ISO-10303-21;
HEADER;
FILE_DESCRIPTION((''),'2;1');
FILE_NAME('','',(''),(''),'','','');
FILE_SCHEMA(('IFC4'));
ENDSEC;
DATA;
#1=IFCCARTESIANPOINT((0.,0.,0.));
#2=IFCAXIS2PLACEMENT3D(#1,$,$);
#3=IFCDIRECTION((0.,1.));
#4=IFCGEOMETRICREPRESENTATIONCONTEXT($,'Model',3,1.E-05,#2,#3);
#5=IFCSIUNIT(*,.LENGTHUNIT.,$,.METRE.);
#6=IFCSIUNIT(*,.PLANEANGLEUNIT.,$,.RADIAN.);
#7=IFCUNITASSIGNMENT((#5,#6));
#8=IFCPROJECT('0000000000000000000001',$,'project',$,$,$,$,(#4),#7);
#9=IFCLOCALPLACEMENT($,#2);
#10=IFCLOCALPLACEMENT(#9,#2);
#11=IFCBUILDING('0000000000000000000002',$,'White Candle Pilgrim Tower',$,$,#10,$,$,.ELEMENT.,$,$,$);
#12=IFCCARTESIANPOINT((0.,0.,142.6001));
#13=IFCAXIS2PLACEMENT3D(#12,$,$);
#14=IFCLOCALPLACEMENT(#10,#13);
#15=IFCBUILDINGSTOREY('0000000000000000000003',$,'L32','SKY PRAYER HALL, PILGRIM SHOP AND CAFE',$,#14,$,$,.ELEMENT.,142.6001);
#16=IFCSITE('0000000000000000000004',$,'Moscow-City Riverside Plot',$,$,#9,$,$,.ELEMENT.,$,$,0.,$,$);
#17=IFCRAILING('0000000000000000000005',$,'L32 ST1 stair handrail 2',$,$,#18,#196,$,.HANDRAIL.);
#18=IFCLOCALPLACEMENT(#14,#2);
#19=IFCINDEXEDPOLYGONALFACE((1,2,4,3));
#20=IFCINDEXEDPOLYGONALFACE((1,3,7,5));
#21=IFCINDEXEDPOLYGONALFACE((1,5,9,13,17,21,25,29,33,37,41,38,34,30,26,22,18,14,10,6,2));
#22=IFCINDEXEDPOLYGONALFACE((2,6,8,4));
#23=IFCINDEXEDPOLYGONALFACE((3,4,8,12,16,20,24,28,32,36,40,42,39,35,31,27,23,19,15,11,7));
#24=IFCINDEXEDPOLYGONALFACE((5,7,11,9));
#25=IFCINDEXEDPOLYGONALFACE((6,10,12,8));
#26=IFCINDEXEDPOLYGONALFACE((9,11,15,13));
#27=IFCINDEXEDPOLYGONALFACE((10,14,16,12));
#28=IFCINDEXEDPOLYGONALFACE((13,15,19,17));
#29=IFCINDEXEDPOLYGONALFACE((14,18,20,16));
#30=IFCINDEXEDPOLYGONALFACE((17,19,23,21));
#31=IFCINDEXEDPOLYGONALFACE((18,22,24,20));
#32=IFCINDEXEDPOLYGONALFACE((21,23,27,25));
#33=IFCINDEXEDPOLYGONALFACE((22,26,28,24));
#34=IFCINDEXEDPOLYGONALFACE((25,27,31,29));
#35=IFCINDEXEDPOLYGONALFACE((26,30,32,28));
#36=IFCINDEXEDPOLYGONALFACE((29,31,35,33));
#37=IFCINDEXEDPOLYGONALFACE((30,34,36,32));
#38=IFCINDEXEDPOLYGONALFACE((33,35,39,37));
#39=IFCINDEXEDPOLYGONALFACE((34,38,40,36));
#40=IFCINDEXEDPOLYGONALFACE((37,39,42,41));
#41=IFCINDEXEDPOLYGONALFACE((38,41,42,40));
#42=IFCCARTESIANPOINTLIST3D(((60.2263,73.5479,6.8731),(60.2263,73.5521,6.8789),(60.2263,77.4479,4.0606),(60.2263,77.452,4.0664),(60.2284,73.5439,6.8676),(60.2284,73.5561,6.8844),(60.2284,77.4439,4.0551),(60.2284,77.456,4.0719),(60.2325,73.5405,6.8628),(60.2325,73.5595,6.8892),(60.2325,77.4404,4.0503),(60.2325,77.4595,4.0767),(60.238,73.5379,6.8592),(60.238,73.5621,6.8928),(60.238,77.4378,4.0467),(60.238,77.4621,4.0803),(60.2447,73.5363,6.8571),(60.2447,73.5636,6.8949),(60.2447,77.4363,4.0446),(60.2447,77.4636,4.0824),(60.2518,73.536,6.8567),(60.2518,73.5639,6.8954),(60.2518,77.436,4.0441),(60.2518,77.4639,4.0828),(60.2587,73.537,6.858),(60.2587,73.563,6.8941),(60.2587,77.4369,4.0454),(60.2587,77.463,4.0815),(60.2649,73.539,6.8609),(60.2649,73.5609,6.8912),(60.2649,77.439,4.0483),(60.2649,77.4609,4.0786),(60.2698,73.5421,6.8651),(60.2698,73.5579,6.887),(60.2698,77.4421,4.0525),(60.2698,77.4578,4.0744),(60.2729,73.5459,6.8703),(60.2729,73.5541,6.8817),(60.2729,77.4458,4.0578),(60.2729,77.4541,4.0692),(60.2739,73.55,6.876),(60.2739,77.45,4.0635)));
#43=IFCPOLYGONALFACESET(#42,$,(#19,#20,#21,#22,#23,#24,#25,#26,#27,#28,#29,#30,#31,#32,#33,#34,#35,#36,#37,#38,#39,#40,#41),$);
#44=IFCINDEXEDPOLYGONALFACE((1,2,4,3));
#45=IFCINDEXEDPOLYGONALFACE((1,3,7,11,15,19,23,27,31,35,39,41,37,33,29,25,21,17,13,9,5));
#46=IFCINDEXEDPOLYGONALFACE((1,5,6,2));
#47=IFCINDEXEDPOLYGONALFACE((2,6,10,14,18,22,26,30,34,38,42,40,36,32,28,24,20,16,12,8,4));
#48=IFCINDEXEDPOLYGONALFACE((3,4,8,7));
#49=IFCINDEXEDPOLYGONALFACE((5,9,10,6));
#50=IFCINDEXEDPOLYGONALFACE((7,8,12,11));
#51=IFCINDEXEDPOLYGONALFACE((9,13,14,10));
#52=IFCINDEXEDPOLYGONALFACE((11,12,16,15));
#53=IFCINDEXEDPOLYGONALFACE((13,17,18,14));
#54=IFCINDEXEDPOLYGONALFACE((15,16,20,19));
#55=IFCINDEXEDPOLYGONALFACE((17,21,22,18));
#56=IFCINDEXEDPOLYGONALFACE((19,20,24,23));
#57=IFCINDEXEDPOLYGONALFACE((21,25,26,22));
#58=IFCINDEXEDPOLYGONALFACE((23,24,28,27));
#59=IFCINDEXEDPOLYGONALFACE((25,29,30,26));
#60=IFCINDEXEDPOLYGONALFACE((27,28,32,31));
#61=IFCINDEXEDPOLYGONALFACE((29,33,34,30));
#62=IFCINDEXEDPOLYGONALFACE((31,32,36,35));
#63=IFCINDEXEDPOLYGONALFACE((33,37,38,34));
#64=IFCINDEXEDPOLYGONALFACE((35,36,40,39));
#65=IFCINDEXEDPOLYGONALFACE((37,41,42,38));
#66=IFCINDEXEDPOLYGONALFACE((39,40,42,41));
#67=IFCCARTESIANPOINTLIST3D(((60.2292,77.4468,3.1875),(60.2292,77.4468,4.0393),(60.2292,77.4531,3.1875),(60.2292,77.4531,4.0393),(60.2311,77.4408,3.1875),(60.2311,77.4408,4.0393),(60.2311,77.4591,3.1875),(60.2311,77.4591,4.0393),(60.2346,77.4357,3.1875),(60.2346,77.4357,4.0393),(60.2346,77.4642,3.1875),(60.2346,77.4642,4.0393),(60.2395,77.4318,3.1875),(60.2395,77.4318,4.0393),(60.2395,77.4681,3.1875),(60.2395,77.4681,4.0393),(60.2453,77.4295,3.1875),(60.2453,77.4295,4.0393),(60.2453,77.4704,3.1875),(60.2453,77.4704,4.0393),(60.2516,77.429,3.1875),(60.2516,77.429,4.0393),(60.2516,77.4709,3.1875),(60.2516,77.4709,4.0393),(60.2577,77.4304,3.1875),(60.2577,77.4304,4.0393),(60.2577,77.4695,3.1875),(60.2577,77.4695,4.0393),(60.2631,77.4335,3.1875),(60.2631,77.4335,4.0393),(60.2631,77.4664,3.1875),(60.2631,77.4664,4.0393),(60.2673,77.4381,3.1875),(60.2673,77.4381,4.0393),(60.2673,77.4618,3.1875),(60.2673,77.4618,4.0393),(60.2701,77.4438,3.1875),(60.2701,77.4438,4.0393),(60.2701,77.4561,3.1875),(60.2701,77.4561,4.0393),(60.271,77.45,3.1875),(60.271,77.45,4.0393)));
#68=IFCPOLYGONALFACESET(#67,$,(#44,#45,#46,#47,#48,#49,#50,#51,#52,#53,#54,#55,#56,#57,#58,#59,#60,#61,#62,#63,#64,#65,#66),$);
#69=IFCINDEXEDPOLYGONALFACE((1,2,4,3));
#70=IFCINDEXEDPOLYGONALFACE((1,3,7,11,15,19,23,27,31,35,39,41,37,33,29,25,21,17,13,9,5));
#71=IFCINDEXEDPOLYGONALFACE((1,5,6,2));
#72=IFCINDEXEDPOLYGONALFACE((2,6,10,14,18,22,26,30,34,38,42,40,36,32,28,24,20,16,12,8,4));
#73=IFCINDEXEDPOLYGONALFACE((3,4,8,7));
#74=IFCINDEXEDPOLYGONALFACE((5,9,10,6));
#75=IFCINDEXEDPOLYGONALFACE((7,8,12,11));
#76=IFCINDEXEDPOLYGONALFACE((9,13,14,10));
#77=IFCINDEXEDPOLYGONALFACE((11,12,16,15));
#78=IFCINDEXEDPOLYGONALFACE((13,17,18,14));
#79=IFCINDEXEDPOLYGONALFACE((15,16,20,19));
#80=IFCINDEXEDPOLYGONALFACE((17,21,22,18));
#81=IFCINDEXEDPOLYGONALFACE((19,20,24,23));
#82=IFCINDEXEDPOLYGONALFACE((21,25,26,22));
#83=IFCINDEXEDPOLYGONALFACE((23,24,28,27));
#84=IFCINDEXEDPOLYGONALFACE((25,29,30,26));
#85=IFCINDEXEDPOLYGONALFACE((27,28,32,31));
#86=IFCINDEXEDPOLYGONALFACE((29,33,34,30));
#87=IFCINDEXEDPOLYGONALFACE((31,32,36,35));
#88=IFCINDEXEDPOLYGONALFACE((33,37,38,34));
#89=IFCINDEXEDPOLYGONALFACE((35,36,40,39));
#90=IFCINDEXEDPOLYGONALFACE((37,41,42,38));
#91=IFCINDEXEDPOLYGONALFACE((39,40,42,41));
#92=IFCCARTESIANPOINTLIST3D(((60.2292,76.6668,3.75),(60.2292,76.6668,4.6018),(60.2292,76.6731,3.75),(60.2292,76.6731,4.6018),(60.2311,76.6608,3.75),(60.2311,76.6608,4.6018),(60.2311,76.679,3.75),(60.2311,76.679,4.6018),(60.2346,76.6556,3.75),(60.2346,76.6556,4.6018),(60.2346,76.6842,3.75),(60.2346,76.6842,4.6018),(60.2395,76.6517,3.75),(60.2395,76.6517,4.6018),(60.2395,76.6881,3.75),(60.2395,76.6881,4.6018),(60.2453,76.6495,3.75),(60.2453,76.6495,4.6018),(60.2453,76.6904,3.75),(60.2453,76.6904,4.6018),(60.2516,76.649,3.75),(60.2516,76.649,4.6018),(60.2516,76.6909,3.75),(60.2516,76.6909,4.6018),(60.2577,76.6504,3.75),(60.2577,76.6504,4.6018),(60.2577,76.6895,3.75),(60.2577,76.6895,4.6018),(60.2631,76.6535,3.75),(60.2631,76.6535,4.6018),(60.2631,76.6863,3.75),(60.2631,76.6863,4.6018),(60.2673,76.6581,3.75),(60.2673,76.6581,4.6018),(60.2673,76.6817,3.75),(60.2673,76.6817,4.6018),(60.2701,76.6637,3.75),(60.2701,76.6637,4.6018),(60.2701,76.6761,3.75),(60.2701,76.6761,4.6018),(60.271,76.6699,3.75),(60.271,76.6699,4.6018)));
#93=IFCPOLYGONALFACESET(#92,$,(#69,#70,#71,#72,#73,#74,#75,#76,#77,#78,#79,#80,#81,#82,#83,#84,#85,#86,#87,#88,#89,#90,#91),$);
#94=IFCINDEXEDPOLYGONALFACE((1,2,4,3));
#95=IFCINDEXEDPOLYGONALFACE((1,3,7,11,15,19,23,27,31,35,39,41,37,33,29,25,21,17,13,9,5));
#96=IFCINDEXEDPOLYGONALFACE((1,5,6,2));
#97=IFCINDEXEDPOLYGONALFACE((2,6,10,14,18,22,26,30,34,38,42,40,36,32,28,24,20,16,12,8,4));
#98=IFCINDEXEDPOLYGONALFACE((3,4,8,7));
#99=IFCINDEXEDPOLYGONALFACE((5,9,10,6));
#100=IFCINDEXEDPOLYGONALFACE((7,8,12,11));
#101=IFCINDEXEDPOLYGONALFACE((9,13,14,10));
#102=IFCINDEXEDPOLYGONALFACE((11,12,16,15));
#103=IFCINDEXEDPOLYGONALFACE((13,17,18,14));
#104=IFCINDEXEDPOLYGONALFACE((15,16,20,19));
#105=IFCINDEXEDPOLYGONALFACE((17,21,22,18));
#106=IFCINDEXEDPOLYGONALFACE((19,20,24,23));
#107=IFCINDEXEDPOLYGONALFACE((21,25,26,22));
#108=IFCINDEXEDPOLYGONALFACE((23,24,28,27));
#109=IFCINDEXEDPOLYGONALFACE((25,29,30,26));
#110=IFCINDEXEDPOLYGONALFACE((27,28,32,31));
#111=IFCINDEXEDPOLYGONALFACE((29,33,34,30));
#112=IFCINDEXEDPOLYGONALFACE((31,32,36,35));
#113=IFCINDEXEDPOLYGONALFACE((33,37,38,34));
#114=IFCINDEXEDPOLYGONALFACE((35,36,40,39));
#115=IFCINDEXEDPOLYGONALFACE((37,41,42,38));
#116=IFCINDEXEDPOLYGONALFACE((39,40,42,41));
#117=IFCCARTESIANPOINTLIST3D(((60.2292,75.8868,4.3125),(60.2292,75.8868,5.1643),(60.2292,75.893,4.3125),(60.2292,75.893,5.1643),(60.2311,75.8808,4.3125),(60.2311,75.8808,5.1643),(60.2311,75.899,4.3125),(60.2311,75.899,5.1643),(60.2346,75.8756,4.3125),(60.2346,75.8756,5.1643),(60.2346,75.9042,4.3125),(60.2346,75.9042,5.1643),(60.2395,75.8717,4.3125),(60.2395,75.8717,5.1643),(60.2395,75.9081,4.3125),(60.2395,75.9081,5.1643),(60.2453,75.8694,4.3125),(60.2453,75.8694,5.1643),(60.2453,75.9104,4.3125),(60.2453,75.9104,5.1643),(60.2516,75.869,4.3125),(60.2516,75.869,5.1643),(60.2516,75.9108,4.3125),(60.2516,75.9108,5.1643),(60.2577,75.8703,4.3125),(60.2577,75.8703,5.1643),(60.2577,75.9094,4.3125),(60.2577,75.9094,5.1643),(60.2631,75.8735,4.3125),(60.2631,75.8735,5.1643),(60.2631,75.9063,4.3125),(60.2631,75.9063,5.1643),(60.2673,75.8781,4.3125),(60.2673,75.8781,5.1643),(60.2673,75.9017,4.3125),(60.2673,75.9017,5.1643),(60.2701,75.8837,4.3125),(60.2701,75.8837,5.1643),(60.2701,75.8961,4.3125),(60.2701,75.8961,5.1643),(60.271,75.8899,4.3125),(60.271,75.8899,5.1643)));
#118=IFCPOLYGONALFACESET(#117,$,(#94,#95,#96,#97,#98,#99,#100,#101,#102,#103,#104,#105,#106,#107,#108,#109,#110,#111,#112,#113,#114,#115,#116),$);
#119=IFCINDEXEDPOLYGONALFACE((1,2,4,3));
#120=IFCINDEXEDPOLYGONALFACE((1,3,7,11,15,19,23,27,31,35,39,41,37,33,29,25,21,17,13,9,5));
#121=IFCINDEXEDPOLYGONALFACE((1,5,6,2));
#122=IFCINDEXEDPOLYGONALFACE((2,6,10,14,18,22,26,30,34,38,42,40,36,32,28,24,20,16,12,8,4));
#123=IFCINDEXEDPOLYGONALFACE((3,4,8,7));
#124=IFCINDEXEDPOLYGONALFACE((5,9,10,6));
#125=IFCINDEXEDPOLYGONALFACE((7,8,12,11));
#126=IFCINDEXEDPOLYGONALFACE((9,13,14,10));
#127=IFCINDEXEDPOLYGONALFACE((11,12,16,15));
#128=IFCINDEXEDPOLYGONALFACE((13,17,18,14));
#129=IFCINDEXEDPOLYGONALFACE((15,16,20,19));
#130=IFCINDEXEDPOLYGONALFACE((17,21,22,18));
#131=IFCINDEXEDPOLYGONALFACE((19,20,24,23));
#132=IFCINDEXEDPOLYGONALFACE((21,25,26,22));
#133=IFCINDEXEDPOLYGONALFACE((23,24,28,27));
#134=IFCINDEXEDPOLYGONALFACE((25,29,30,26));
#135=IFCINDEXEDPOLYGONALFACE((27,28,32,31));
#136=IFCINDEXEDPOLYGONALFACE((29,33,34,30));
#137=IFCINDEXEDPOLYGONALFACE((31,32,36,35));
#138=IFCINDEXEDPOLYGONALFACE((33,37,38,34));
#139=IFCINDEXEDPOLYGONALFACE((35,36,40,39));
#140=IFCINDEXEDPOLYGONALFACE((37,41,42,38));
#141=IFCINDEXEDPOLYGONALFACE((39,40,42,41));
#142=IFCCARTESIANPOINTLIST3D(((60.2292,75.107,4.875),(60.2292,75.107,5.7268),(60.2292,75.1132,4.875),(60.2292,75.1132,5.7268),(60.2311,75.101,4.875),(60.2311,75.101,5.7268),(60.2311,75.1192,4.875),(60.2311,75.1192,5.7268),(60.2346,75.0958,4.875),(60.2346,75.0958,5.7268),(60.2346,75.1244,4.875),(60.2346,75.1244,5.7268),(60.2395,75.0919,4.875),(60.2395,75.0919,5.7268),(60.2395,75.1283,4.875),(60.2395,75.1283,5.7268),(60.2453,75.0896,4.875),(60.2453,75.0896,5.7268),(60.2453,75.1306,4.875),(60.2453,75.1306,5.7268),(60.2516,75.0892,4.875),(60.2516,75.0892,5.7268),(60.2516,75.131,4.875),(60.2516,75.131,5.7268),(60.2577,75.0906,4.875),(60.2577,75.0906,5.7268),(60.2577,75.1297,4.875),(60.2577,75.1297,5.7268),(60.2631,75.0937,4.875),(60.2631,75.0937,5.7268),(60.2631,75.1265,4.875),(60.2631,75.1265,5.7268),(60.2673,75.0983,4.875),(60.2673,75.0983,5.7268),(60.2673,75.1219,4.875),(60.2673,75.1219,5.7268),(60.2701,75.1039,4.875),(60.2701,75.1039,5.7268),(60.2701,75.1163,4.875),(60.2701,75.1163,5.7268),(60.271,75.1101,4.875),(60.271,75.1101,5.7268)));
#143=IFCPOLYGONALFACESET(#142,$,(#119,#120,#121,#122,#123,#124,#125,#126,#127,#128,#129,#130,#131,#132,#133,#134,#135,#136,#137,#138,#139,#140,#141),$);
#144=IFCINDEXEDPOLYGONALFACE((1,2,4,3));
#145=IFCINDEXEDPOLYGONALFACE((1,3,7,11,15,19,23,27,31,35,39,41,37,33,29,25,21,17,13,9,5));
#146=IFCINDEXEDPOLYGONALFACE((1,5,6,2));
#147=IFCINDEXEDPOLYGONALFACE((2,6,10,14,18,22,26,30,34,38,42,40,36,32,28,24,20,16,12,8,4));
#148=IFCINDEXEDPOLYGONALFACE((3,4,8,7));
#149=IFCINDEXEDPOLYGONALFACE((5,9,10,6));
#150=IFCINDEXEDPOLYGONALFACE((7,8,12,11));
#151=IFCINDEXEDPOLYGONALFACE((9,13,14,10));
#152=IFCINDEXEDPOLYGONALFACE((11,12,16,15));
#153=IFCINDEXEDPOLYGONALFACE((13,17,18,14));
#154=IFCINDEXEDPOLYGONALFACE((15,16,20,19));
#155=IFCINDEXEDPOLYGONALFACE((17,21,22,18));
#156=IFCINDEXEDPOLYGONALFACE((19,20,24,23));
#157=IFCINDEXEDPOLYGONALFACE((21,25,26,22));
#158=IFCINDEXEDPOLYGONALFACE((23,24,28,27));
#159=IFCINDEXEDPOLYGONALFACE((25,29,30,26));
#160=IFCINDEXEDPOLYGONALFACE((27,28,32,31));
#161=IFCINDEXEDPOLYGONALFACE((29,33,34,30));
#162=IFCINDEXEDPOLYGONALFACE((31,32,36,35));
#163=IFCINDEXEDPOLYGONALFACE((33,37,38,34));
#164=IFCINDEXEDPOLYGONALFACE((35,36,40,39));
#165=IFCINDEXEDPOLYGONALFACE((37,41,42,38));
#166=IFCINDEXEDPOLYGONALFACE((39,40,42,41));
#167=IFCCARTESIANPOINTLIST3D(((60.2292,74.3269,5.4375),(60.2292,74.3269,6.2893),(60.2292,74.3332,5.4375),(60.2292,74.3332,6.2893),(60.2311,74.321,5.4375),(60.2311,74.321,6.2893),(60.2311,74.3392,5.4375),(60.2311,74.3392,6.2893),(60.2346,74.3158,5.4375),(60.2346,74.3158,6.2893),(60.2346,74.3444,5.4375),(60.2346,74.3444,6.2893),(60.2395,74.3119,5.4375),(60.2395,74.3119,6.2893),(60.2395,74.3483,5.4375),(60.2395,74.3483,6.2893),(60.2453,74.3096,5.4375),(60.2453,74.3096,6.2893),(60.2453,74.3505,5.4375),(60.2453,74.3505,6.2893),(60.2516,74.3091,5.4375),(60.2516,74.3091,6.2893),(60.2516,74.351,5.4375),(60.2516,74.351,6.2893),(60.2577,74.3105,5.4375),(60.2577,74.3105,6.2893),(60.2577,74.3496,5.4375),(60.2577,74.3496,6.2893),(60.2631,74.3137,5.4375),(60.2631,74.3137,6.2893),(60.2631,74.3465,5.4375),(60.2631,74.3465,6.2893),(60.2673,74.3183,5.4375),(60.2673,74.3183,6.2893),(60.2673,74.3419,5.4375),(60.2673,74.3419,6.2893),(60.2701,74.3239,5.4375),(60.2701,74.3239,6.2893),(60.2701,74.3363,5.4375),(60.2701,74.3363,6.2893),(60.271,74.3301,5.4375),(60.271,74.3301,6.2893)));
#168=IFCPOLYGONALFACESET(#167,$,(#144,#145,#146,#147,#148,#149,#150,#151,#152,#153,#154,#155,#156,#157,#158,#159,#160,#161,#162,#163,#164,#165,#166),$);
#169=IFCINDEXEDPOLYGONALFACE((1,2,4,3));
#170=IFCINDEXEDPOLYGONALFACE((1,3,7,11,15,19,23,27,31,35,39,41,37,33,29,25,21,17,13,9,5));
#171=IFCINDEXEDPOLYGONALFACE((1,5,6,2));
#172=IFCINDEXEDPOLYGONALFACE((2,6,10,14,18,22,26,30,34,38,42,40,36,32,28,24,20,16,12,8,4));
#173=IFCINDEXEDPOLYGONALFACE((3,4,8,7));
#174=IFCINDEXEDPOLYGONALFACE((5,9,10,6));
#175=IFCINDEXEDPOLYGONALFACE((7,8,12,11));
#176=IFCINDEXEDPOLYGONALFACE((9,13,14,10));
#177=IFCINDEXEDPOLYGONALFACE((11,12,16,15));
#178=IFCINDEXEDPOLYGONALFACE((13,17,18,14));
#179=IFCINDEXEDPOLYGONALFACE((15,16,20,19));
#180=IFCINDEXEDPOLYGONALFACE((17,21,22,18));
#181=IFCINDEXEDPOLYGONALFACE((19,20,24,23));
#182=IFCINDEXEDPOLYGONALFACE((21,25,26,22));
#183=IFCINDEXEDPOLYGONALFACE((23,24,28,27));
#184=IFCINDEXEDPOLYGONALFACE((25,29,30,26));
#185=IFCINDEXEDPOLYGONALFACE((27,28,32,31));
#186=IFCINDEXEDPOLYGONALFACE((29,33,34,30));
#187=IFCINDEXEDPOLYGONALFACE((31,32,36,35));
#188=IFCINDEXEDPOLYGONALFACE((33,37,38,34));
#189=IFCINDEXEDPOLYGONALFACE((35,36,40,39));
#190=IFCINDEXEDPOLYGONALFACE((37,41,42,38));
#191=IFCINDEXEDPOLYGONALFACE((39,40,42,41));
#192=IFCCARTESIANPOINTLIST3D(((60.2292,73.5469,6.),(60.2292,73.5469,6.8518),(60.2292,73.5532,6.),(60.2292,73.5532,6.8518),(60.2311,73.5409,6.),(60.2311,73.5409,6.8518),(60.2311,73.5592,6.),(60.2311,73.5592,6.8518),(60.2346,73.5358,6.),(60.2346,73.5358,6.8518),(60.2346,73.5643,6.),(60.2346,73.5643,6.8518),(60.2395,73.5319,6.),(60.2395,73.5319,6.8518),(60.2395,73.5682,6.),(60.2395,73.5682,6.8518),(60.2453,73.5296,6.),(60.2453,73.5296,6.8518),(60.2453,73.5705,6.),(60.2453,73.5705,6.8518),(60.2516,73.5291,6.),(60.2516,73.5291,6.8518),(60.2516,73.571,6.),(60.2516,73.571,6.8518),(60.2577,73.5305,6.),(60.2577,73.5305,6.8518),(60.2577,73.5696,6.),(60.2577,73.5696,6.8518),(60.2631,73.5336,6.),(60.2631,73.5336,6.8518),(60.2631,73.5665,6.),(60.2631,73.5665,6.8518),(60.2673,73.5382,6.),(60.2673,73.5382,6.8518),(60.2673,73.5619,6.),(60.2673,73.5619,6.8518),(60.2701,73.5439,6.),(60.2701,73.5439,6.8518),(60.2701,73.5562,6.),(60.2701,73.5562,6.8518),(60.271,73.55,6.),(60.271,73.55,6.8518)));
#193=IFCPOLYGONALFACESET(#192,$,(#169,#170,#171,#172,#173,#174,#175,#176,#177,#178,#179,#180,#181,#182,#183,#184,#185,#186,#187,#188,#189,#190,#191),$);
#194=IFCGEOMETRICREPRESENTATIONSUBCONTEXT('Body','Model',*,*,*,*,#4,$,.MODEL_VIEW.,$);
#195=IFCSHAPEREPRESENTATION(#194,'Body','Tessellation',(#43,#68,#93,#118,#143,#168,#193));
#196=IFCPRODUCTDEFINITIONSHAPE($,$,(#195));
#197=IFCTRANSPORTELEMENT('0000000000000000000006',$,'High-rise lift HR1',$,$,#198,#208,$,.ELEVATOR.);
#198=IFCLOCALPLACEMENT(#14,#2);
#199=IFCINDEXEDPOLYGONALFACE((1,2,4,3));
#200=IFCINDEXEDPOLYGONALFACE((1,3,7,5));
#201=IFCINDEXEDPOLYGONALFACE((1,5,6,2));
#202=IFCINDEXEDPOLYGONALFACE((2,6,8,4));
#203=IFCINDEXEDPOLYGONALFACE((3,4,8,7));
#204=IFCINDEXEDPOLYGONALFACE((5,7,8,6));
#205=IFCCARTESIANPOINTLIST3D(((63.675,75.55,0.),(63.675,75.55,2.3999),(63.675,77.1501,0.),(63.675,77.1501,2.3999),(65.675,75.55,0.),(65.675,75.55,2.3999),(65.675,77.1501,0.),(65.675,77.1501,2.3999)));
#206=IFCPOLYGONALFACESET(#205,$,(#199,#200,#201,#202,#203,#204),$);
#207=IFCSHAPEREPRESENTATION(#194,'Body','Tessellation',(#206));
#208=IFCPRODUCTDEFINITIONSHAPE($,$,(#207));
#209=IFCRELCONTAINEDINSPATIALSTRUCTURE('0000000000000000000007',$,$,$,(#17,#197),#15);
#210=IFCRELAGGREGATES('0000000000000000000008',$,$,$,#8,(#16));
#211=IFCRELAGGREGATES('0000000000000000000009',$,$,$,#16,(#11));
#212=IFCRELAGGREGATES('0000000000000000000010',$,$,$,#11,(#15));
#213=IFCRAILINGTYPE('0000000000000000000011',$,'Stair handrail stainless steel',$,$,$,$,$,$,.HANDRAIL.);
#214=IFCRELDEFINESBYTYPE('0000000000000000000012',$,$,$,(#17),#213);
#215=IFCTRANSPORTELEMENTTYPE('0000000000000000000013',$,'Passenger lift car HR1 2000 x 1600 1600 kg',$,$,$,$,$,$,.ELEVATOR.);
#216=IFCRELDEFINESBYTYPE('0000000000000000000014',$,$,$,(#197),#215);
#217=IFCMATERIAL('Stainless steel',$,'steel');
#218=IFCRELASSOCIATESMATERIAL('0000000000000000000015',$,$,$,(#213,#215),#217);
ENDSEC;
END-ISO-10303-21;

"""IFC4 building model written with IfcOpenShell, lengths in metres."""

from ifc_helpers import new_model, si_unit, direction, frame, origin, origin_2d, place, context, subcontext, project, spatial, rectangle, circle, extrude, material, type_object, element, save


model = new_model("IFC4")

# Units and contexts
model_context = context("Model", 3, precision=1e-05, world=origin(), true_north=direction((0.0, 1.0)))
body_context = subcontext(model_context, "Body", "Model", "MODEL_VIEW")
ifc_project = project(units=[si_unit("LENGTHUNIT", "METRE"), si_unit("PLANEANGLEUNIT", "RADIAN")], contexts=[model_context])

# Site, building, storey
site_placement = place(None, origin())
site = spatial("IfcSite", under=ifc_project, at=site_placement, Name="Moscow-City Riverside Plot", CompositionType="ELEMENT", RefElevation=0.0)
building_placement = place(site_placement, origin())
building = spatial("IfcBuilding", under=site, at=building_placement, Name="White Candle Pilgrim Tower", CompositionType="ELEMENT")
storey_placement = place(building_placement, frame((0.0, 0.0, 142.6001)))
storey = spatial("IfcBuildingStorey", under=building, at=storey_placement, Name="L32", Description="SKY PRAYER HALL, PILGRIM SHOP AND CAFE", CompositionType="ELEMENT", Elevation=142.6001)

# Shared definitions
ifc_material_1 = material(Name="Stainless steel", Category="steel")

# Railing
railing_type_1 = type_object("IfcRailingType", Name="Stair handrail stainless steel", PredefinedType="HANDRAIL", material=ifc_material_1)
railing_1_placement = place(storey_placement, frame((60.25, 77.45, 3.1875)))
element("IfcRailing", 1, at=railing_1_placement, inside=storey, type_object=railing_type_1, Name="L32 ST1 stair handrail 2", PredefinedType="HANDRAIL", context=body_context, shape_type="SweptSolid", body=[
    extrude(circle(Radius=0.0239, at=origin_2d()), frame((0.0, 0.0, 0.876), z_axis=(0.0, -0.811083, 0.584931), x_axis=(1.0, 0.0, 0.0)), (0.0, 0.0, 1.0), 4.8083),
    extrude(circle(Radius=0.021, at=origin_2d()), origin(), (0.0, 0.0, 1.0), 0.8518),
    extrude(circle(Radius=0.021, at=origin_2d()), frame((0.0, -0.78, 0.5625)), (0.0, 0.0, 1.0), 0.8518),
    extrude(circle(Radius=0.021, at=origin_2d()), frame((0.0, -1.5601, 1.125)), (0.0, 0.0, 1.0), 0.8518),
    extrude(circle(Radius=0.021, at=origin_2d()), frame((0.0, -2.3398, 1.6875)), (0.0, 0.0, 1.0), 0.8518),
    extrude(circle(Radius=0.021, at=origin_2d()), frame((0.0, -3.1199, 2.25)), (0.0, 0.0, 1.0), 0.8518),
    extrude(circle(Radius=0.021, at=origin_2d()), frame((0.0, -3.8999, 2.8125)), (0.0, 0.0, 1.0), 0.8518),
])

# Transport element
transport_element_type_1 = type_object("IfcTransportElementType", Name="Passenger lift car HR1 2000 x 1600 1600 kg", PredefinedType="ELEVATOR", material=ifc_material_1)
transport_element_1_placement = place(storey_placement, frame((64.675, 76.3501, 0.0), z_axis=(0.0, 0.0, 1.0), x_axis=(1.0, 0.0, 0.0)))
element("IfcTransportElement", 2, at=transport_element_1_placement, inside=storey, type_object=transport_element_type_1, Name="High-rise lift HR1", PredefinedType="ELEVATOR", context=body_context, shape_type="SweptSolid", body=[
    extrude(rectangle(XDim=2.0, YDim=1.6001, at=origin_2d()), origin(), (0.0, 0.0, 1.0), 2.3999),
])

save(model, "model.ifc")
